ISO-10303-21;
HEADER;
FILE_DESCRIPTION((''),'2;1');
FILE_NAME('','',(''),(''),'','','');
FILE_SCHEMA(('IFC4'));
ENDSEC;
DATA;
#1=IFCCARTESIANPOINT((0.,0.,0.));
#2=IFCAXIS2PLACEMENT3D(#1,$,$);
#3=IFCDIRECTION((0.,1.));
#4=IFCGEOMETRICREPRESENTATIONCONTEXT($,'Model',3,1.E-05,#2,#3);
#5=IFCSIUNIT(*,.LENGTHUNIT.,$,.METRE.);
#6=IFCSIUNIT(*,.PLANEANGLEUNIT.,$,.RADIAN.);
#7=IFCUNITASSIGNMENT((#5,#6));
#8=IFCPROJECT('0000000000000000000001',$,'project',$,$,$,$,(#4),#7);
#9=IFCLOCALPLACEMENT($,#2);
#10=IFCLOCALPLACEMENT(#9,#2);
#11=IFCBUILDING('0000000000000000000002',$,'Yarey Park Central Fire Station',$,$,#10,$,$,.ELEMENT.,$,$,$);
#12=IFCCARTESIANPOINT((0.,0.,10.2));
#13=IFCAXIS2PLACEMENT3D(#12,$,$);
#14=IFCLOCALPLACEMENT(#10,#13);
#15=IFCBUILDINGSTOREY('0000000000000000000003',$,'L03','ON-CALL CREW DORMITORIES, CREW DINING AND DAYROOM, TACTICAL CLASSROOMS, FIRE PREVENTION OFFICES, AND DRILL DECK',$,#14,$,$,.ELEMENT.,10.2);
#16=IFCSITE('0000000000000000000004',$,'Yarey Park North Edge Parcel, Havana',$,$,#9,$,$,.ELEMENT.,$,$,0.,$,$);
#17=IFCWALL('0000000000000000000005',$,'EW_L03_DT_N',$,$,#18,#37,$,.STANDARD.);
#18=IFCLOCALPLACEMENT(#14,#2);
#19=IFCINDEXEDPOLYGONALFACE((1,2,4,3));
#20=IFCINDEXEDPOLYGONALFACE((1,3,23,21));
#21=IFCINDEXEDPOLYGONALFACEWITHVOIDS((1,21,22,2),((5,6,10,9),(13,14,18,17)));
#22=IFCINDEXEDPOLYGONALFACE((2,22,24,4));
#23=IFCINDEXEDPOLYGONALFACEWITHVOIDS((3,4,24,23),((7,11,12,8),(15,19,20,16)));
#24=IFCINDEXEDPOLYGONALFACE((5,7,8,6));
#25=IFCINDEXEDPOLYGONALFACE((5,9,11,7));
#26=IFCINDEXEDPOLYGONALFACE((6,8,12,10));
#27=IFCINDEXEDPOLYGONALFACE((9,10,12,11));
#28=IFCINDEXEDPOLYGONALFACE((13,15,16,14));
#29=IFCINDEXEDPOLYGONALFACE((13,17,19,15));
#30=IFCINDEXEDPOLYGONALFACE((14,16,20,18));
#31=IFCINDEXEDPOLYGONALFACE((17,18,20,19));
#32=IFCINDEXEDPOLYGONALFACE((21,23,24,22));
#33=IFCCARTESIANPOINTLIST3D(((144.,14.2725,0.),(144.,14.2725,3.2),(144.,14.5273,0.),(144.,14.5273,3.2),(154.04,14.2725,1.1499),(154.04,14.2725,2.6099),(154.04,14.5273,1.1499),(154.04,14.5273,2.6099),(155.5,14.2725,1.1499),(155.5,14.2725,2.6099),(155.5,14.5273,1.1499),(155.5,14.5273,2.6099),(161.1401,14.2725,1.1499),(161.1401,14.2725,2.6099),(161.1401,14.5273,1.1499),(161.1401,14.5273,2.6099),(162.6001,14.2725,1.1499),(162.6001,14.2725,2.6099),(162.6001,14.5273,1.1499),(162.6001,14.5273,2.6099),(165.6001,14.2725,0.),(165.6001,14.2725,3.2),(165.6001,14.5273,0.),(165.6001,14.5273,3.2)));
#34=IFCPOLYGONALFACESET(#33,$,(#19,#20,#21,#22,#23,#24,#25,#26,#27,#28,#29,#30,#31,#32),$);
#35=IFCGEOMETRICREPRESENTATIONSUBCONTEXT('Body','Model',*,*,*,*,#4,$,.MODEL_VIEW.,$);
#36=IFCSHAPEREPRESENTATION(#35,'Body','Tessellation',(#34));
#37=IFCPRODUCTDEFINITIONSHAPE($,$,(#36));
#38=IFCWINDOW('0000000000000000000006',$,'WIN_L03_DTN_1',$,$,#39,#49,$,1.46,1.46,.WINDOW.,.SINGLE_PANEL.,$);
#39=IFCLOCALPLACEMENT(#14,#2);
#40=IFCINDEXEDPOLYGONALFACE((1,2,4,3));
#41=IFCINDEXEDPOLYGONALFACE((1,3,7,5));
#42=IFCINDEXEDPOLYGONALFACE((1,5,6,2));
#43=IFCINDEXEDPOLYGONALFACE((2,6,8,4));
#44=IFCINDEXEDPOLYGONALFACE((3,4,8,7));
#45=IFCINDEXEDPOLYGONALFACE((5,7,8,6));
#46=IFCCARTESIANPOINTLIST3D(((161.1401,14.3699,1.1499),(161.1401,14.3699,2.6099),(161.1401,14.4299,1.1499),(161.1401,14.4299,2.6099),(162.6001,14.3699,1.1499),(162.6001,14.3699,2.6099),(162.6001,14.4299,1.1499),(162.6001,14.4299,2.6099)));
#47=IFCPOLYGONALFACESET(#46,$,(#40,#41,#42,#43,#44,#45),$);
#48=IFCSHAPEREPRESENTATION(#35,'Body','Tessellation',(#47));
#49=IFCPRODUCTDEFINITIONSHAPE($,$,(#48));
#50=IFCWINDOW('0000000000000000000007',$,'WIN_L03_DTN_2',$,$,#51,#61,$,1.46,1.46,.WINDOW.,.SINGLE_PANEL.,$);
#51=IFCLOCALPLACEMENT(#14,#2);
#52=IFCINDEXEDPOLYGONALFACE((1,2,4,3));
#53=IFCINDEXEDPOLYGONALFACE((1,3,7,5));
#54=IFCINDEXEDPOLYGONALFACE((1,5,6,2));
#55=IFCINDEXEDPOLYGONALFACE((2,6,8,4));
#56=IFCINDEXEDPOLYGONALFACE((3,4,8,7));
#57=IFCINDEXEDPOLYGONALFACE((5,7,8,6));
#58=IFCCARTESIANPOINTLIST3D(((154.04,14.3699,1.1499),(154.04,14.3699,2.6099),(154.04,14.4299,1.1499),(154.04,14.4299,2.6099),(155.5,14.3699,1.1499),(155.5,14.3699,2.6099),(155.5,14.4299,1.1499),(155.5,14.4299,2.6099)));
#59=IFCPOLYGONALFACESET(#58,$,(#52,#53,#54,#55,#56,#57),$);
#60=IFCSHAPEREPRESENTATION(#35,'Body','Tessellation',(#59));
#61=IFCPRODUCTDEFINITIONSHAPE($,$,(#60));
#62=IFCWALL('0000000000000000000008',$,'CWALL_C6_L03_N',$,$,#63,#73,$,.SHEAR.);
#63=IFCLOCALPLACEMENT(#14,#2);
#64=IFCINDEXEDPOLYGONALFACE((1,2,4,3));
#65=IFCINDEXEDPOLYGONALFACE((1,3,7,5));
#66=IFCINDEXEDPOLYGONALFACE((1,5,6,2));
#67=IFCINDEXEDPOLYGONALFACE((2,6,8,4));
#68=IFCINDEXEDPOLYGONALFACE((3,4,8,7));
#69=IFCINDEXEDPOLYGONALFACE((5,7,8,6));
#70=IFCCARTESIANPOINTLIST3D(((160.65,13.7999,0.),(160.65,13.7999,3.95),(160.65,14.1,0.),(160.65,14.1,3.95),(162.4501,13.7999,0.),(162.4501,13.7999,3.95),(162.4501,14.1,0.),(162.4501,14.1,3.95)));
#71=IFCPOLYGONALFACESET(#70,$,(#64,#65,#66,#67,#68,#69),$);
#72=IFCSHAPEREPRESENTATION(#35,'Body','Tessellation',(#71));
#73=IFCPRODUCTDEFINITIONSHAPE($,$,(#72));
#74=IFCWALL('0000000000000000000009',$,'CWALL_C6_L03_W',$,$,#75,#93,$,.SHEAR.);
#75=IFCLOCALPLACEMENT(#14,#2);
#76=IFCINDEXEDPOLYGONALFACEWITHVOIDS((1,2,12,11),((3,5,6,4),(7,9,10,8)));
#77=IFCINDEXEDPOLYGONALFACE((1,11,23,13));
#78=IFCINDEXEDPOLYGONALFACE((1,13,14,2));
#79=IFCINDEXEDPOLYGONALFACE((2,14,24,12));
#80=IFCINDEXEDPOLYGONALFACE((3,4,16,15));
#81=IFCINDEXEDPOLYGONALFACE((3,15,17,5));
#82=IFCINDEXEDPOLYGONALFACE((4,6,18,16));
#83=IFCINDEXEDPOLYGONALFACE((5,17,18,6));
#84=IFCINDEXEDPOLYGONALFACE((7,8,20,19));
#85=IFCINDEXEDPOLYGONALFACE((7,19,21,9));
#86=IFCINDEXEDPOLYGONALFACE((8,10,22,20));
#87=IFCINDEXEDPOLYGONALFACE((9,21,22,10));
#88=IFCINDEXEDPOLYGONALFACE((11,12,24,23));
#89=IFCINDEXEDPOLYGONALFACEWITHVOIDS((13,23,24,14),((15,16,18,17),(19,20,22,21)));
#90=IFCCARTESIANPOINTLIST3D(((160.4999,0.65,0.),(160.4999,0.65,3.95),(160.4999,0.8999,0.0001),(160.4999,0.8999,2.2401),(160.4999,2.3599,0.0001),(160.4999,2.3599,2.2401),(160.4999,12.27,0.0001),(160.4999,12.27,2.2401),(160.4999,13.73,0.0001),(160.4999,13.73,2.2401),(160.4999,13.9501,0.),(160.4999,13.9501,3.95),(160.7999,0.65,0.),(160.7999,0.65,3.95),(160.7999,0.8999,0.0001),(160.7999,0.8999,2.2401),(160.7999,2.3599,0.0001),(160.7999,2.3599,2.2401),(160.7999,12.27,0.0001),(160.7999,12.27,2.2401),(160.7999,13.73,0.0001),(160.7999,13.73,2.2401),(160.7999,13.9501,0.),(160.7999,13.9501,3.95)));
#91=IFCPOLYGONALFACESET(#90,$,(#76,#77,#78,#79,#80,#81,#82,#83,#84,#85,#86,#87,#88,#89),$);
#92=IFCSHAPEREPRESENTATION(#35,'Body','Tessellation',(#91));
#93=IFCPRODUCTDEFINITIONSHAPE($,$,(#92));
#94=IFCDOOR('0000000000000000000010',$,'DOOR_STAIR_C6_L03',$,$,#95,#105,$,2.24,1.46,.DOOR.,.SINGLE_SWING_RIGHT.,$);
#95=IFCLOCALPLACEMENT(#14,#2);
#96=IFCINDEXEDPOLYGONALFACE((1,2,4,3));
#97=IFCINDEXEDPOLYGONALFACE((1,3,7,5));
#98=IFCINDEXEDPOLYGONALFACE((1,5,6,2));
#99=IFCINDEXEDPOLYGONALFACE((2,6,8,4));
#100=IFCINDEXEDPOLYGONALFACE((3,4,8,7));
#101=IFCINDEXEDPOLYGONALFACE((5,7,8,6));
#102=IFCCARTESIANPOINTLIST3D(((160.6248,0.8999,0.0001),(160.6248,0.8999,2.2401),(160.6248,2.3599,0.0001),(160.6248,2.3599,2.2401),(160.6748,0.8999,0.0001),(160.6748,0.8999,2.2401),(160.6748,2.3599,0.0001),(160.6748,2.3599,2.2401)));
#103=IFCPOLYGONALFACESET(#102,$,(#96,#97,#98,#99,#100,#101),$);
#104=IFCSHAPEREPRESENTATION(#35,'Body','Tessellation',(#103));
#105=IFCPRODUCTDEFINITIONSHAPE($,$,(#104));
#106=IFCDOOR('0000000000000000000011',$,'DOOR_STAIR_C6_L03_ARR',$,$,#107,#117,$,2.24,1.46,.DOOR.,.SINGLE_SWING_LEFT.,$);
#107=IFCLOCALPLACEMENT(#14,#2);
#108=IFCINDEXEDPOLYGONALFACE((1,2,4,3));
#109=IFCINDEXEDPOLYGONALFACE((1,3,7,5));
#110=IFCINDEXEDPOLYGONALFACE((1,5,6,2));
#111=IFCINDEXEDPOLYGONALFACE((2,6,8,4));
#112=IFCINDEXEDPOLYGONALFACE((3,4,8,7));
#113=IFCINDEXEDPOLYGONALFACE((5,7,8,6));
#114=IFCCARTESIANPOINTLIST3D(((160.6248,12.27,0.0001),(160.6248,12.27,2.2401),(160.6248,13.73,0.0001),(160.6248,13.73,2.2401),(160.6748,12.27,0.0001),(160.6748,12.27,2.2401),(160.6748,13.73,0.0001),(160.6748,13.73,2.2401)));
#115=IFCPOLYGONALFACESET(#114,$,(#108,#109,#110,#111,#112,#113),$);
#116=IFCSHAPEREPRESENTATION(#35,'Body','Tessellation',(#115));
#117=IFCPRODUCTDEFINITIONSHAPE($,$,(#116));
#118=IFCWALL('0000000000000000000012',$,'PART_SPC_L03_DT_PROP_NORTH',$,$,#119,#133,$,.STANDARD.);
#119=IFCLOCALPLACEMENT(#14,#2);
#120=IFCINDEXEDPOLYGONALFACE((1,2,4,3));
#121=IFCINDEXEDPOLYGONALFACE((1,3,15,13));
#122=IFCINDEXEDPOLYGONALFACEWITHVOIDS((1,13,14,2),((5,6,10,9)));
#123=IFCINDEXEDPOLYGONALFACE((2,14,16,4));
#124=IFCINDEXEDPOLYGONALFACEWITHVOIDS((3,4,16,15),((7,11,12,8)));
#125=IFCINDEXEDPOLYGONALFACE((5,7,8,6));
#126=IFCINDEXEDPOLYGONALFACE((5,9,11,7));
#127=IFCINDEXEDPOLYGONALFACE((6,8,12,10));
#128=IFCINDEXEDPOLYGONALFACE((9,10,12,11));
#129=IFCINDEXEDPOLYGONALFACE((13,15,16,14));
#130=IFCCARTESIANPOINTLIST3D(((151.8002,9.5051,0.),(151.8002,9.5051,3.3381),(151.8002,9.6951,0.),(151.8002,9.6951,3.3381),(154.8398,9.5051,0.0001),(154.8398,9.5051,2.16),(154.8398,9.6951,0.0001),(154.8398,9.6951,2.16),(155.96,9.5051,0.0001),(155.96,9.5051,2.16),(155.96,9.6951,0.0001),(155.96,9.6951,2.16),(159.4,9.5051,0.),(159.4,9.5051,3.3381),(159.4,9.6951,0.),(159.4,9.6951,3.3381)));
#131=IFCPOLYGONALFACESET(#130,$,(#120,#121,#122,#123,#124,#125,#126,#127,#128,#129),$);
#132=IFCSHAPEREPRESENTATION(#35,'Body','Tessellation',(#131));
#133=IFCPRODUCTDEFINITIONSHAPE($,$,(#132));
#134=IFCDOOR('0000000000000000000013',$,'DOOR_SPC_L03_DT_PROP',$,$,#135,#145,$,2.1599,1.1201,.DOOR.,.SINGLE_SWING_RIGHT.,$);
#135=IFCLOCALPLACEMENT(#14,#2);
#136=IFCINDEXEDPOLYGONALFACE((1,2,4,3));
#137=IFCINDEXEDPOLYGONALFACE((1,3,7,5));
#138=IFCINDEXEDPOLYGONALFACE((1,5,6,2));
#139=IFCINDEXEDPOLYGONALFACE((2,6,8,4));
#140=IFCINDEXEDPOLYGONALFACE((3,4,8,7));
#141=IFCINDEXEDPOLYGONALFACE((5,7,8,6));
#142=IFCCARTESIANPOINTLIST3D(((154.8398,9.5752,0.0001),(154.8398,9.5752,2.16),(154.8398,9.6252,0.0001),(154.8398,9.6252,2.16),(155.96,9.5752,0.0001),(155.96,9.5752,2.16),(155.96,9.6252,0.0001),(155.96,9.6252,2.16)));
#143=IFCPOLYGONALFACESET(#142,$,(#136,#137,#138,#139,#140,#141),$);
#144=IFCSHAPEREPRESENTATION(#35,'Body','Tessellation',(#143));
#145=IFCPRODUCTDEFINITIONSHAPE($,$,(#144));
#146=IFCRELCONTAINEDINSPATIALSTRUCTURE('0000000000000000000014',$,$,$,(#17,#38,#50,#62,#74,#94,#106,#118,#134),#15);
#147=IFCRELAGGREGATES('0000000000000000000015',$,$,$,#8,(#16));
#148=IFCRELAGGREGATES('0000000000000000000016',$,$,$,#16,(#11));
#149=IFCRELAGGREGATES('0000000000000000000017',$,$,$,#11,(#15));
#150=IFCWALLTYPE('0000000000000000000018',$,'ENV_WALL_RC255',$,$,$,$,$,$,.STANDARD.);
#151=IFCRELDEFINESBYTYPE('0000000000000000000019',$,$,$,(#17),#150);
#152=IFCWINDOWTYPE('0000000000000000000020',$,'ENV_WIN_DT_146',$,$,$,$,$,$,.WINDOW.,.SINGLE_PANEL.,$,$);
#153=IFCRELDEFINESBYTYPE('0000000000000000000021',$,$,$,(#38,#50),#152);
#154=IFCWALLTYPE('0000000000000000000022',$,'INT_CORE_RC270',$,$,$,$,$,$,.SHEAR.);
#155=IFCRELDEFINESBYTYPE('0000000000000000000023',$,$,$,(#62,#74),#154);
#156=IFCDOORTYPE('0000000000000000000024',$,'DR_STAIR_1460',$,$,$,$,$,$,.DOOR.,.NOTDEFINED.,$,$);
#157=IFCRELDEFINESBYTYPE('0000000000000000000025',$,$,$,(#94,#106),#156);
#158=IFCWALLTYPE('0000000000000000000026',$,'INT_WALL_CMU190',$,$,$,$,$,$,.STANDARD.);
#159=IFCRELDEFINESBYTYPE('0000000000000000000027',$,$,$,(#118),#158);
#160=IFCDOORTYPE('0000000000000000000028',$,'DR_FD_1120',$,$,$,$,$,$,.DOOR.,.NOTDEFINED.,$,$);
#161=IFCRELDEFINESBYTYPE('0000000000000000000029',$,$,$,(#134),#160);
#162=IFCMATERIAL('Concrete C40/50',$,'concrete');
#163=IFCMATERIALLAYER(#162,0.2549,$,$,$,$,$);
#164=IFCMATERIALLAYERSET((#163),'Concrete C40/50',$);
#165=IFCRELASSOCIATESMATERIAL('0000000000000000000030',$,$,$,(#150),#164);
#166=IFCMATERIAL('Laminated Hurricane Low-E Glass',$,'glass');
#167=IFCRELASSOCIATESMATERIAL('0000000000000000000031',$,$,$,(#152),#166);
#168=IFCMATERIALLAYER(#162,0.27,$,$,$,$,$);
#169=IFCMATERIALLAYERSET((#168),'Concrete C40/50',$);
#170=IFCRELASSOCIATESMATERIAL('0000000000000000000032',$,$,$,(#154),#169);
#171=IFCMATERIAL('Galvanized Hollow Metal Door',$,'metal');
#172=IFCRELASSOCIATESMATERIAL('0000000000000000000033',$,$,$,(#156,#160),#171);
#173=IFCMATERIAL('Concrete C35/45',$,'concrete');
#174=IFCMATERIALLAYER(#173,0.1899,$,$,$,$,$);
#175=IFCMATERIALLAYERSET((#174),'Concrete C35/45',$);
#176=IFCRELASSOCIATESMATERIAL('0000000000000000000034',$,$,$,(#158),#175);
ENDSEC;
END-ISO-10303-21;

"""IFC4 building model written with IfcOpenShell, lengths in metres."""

from ifc_helpers import new_model, si_unit, direction, frame, frame_2d, origin, place, context, subcontext, project, spatial, rectangle, extrude, material, layer, layer_set, type_object, element, fill, save


model = new_model("IFC4")

# Units and contexts
model_context = context("Model", 3, precision=1e-05, world=origin(), true_north=direction((0.0, 1.0)))
body_context = subcontext(model_context, "Body", "Model", "MODEL_VIEW")
ifc_project = project(units=[si_unit("LENGTHUNIT", "METRE"), si_unit("PLANEANGLEUNIT", "RADIAN")], contexts=[model_context])

# Site, building, storey
site_placement = place(None, origin())
site = spatial("IfcSite", under=ifc_project, at=site_placement, Name="Yarey Park North Edge Parcel, Havana", CompositionType="ELEMENT", RefElevation=0.0)
building_placement = place(site_placement, origin())
building = spatial("IfcBuilding", under=site, at=building_placement, Name="Yarey Park Central Fire Station", CompositionType="ELEMENT")
storey_placement = place(building_placement, frame((0.0, 0.0, 10.2)))
storey = spatial("IfcBuildingStorey", under=building, at=storey_placement, Name="L03", Description="ON-CALL CREW DORMITORIES, CREW DINING AND DAYROOM, TACTICAL CLASSROOMS, FIRE PREVENTION OFFICES, AND DRILL DECK", CompositionType="ELEMENT", Elevation=10.2)

# Shared definitions
ifc_material_1 = material(Name="Concrete C35/45", Category="concrete")

# Wall, openings, windows
ifc_material_2 = material(Name="Concrete C40/50", Category="concrete")
ifc_layer_1 = layer(ifc_material_2, 0.2549)
ifc_layer_set_1 = layer_set([ifc_layer_1], Name="Concrete C40/50")
wall_type_1 = type_object("IfcWallType", Name="ENV_WALL_RC255", PredefinedType="STANDARD", material=ifc_layer_set_1)
wall_1_placement = place(storey_placement, frame((165.6001, 14.3999, 0.0), z_axis=(0.0, 0.0, 1.0), x_axis=(-1.0, 0.0, 0.0)))
wall_1 = element("IfcWall", 1, at=wall_1_placement, inside=storey, type_object=wall_type_1, Name="EW_L03_DT_N", PredefinedType="STANDARD", context=body_context, shape_type="SweptSolid", body=[
    extrude(rectangle(XDim=21.6001, YDim=0.2549, at=frame_2d((10.8, 0.0))), origin(), (0.0, 0.0, 1.0), 3.2),
])
opening_1_placement = place(wall_1_placement, frame((3.0, 0.0, 1.1499)))
opening_1 = element("IfcOpeningElement", 2, at=opening_1_placement, cuts=wall_1, PredefinedType="OPENING", context=body_context, shape_type="SweptSolid", body=[
    extrude(rectangle(XDim=1.46, YDim=1.46, at=frame_2d((0.73, 0.73))), frame((0.0, 0.1375, 0.0), z_axis=(0.0, -1.0, 0.0), x_axis=(1.0, 0.0, 0.0)), (0.0, 0.0, 1.0), 0.2749),
])
opening_2_placement = place(wall_1_placement, frame((10.1001, 0.0, 1.1499)))
opening_2 = element("IfcOpeningElement", 3, at=opening_2_placement, cuts=wall_1, PredefinedType="OPENING", context=body_context, shape_type="SweptSolid", body=[
    extrude(rectangle(XDim=1.46, YDim=1.46, at=frame_2d((0.73, 0.73))), frame((0.0, 0.1375, 0.0), z_axis=(0.0, -1.0, 0.0), x_axis=(1.0, 0.0, 0.0)), (0.0, 0.0, 1.0), 0.2749),
])
ifc_material_3 = material(Name="Laminated Hurricane Low-E Glass", Category="glass")
window_type = type_object("IfcWindowType", Name="ENV_WIN_DT_146", PartitioningType="SINGLE_PANEL", PredefinedType="WINDOW", material=ifc_material_3)
window_1_placement = place(opening_1_placement, origin())
window_1 = element("IfcWindow", 4, at=window_1_placement, inside=storey, type_object=window_type, Name="WIN_L03_DTN_1", OverallHeight=1.46, OverallWidth=1.46, PartitioningType="SINGLE_PANEL", PredefinedType="WINDOW", context=body_context, shape_type="SweptSolid", body=[
    extrude(rectangle(XDim=1.46, YDim=1.46, at=frame_2d((0.73, 0.73))), frame((0.0, 0.03, 0.0), z_axis=(0.0, -1.0, 0.0), x_axis=(1.0, 0.0, 0.0)), (0.0, 0.0, 1.0), 0.0601),
])
fill(opening_1, window_1)
window_2_placement = place(opening_2_placement, origin())
window_2 = element("IfcWindow", 5, at=window_2_placement, inside=storey, type_object=window_type, Name="WIN_L03_DTN_2", OverallHeight=1.46, OverallWidth=1.46, PartitioningType="SINGLE_PANEL", PredefinedType="WINDOW", context=body_context, shape_type="SweptSolid", body=[
    extrude(rectangle(XDim=1.46, YDim=1.46, at=frame_2d((0.73, 0.73))), frame((0.0, 0.03, 0.0), z_axis=(0.0, -1.0, 0.0), x_axis=(1.0, 0.0, 0.0)), (0.0, 0.0, 1.0), 0.0601),
])
fill(opening_2, window_2)

# Wall
ifc_layer_2 = layer(ifc_material_2, 0.27)
ifc_layer_set_2 = layer_set([ifc_layer_2], Name="Concrete C40/50")
wall_type_2 = type_object("IfcWallType", Name="INT_CORE_RC270", PredefinedType="SHEAR", material=ifc_layer_set_2)
wall_2_placement = place(storey_placement, frame((162.45, 13.95, 0.0), z_axis=(0.0, 0.0, 1.0), x_axis=(-1.0, 0.0, 0.0)))
element("IfcWall", 6, at=wall_2_placement, inside=storey, type_object=wall_type_2, Name="CWALL_C6_L03_N", PredefinedType="SHEAR", context=body_context, shape_type="SweptSolid", body=[
    extrude(rectangle(XDim=1.8, YDim=0.3, at=frame_2d((0.8999, 0.0))), origin(), (0.0, 0.0, 1.0), 3.95),
])

# Wall, openings, doors
wall_3_placement = place(storey_placement, frame((160.6499, 13.95, 0.0), z_axis=(0.0, 0.0, 1.0), x_axis=(0.0, -1.0, 0.0)))
wall_3 = element("IfcWall", 7, at=wall_3_placement, inside=storey, type_object=wall_type_2, Name="CWALL_C6_L03_W", PredefinedType="SHEAR", context=body_context, shape_type="SweptSolid", body=[
    extrude(rectangle(XDim=13.3, YDim=0.3, at=frame_2d((6.6499, 0.0))), origin(), (0.0, 0.0, 1.0), 3.95),
])
opening_3_placement = place(wall_3_placement, frame((11.5901, 0.0, 0.0)))
opening_3 = element("IfcOpeningElement", 8, at=opening_3_placement, cuts=wall_3, PredefinedType="OPENING", context=body_context, shape_type="SweptSolid", body=[
    extrude(rectangle(XDim=1.46, YDim=2.24, at=frame_2d((0.73, 1.1201))), frame((0.0, 0.1599, 0.0), z_axis=(0.0, -1.0, 0.0), x_axis=(1.0, 0.0, 0.0)), (0.0, 0.0, 1.0), 0.3201),
])
opening_4_placement = place(wall_3_placement, frame((0.22, 0.0, 0.0)))
opening_4 = element("IfcOpeningElement", 9, at=opening_4_placement, cuts=wall_3, PredefinedType="OPENING", context=body_context, shape_type="SweptSolid", body=[
    extrude(rectangle(XDim=1.46, YDim=2.24, at=frame_2d((0.73, 1.1201))), frame((0.0, 0.1599, 0.0), z_axis=(0.0, -1.0, 0.0), x_axis=(1.0, 0.0, 0.0)), (0.0, 0.0, 1.0), 0.3201),
])
ifc_material_4 = material(Name="Galvanized Hollow Metal Door", Category="metal")
door_type_1 = type_object("IfcDoorType", Name="DR_STAIR_1460", OperationType="NOTDEFINED", PredefinedType="DOOR", material=ifc_material_4)
door_1_placement = place(opening_3_placement, origin())
door_1 = element("IfcDoor", 10, at=door_1_placement, inside=storey, type_object=door_type_1, Name="DOOR_STAIR_C6_L03", OperationType="SINGLE_SWING_RIGHT", OverallHeight=2.24, OverallWidth=1.46, PredefinedType="DOOR", context=body_context, shape_type="SweptSolid", body=[
    extrude(rectangle(XDim=1.46, YDim=2.24, at=frame_2d((0.73, 1.1201))), frame((0.0, 0.0249, 0.0), z_axis=(0.0, -1.0, 0.0), x_axis=(1.0, 0.0, 0.0)), (0.0, 0.0, 1.0), 0.05),
])
fill(opening_3, door_1)
door_2_placement = place(opening_4_placement, origin())
door_2 = element("IfcDoor", 11, at=door_2_placement, inside=storey, type_object=door_type_1, Name="DOOR_STAIR_C6_L03_ARR", OperationType="SINGLE_SWING_LEFT", OverallHeight=2.24, OverallWidth=1.46, PredefinedType="DOOR", context=body_context, shape_type="SweptSolid", body=[
    extrude(rectangle(XDim=1.46, YDim=2.24, at=frame_2d((0.73, 1.1201))), frame((0.0, 0.0249, 0.0), z_axis=(0.0, -1.0, 0.0), x_axis=(1.0, 0.0, 0.0)), (0.0, 0.0, 1.0), 0.05),
])
fill(opening_4, door_2)

# Wall, opening, door
ifc_layer_3 = layer(ifc_material_1, 0.1899)
ifc_layer_set_3 = layer_set([ifc_layer_3], Name="Concrete C35/45")
wall_type_3 = type_object("IfcWallType", Name="INT_WALL_CMU190", PredefinedType="STANDARD", material=ifc_layer_set_3)
wall_4_placement = place(storey_placement, frame((159.3999, 9.6001, 0.0), z_axis=(0.0, 0.0, 1.0), x_axis=(-1.0, 0.0, 0.0)))
wall_4 = element("IfcWall", 12, at=wall_4_placement, inside=storey, type_object=wall_type_3, Name="PART_SPC_L03_DT_PROP_NORTH", PredefinedType="STANDARD", context=body_context, shape_type="SweptSolid", body=[
    extrude(rectangle(XDim=7.5999, YDim=0.1899, at=frame_2d((3.7998, 0.0))), origin(), (0.0, 0.0, 1.0), 3.3381),
])
opening_5_placement = place(wall_4_placement, frame((3.4399, 0.0, 0.0)))
opening_5 = element("IfcOpeningElement", 13, at=opening_5_placement, cuts=wall_4, PredefinedType="OPENING", context=body_context, shape_type="SweptSolid", body=[
    extrude(rectangle(XDim=1.1201, YDim=2.1599, at=frame_2d((0.5601, 1.0801))), frame((0.0, 0.105, 0.0), z_axis=(0.0, -1.0, 0.0), x_axis=(1.0, 0.0, 0.0)), (0.0, 0.0, 1.0), 0.21),
])
door_type_2 = type_object("IfcDoorType", Name="DR_FD_1120", OperationType="NOTDEFINED", PredefinedType="DOOR", material=ifc_material_4)
door_3_placement = place(opening_5_placement, origin())
door_3 = element("IfcDoor", 14, at=door_3_placement, inside=storey, type_object=door_type_2, Name="DOOR_SPC_L03_DT_PROP", OperationType="SINGLE_SWING_RIGHT", OverallHeight=2.1599, OverallWidth=1.1201, PredefinedType="DOOR", context=body_context, shape_type="SweptSolid", body=[
    extrude(rectangle(XDim=1.1201, YDim=2.1599, at=frame_2d((0.5601, 1.0801))), frame((0.0, 0.0249, 0.0), z_axis=(0.0, -1.0, 0.0), x_axis=(1.0, 0.0, 0.0)), (0.0, 0.0, 1.0), 0.05),
])
fill(opening_5, door_3)

save(model, "model.ifc")
